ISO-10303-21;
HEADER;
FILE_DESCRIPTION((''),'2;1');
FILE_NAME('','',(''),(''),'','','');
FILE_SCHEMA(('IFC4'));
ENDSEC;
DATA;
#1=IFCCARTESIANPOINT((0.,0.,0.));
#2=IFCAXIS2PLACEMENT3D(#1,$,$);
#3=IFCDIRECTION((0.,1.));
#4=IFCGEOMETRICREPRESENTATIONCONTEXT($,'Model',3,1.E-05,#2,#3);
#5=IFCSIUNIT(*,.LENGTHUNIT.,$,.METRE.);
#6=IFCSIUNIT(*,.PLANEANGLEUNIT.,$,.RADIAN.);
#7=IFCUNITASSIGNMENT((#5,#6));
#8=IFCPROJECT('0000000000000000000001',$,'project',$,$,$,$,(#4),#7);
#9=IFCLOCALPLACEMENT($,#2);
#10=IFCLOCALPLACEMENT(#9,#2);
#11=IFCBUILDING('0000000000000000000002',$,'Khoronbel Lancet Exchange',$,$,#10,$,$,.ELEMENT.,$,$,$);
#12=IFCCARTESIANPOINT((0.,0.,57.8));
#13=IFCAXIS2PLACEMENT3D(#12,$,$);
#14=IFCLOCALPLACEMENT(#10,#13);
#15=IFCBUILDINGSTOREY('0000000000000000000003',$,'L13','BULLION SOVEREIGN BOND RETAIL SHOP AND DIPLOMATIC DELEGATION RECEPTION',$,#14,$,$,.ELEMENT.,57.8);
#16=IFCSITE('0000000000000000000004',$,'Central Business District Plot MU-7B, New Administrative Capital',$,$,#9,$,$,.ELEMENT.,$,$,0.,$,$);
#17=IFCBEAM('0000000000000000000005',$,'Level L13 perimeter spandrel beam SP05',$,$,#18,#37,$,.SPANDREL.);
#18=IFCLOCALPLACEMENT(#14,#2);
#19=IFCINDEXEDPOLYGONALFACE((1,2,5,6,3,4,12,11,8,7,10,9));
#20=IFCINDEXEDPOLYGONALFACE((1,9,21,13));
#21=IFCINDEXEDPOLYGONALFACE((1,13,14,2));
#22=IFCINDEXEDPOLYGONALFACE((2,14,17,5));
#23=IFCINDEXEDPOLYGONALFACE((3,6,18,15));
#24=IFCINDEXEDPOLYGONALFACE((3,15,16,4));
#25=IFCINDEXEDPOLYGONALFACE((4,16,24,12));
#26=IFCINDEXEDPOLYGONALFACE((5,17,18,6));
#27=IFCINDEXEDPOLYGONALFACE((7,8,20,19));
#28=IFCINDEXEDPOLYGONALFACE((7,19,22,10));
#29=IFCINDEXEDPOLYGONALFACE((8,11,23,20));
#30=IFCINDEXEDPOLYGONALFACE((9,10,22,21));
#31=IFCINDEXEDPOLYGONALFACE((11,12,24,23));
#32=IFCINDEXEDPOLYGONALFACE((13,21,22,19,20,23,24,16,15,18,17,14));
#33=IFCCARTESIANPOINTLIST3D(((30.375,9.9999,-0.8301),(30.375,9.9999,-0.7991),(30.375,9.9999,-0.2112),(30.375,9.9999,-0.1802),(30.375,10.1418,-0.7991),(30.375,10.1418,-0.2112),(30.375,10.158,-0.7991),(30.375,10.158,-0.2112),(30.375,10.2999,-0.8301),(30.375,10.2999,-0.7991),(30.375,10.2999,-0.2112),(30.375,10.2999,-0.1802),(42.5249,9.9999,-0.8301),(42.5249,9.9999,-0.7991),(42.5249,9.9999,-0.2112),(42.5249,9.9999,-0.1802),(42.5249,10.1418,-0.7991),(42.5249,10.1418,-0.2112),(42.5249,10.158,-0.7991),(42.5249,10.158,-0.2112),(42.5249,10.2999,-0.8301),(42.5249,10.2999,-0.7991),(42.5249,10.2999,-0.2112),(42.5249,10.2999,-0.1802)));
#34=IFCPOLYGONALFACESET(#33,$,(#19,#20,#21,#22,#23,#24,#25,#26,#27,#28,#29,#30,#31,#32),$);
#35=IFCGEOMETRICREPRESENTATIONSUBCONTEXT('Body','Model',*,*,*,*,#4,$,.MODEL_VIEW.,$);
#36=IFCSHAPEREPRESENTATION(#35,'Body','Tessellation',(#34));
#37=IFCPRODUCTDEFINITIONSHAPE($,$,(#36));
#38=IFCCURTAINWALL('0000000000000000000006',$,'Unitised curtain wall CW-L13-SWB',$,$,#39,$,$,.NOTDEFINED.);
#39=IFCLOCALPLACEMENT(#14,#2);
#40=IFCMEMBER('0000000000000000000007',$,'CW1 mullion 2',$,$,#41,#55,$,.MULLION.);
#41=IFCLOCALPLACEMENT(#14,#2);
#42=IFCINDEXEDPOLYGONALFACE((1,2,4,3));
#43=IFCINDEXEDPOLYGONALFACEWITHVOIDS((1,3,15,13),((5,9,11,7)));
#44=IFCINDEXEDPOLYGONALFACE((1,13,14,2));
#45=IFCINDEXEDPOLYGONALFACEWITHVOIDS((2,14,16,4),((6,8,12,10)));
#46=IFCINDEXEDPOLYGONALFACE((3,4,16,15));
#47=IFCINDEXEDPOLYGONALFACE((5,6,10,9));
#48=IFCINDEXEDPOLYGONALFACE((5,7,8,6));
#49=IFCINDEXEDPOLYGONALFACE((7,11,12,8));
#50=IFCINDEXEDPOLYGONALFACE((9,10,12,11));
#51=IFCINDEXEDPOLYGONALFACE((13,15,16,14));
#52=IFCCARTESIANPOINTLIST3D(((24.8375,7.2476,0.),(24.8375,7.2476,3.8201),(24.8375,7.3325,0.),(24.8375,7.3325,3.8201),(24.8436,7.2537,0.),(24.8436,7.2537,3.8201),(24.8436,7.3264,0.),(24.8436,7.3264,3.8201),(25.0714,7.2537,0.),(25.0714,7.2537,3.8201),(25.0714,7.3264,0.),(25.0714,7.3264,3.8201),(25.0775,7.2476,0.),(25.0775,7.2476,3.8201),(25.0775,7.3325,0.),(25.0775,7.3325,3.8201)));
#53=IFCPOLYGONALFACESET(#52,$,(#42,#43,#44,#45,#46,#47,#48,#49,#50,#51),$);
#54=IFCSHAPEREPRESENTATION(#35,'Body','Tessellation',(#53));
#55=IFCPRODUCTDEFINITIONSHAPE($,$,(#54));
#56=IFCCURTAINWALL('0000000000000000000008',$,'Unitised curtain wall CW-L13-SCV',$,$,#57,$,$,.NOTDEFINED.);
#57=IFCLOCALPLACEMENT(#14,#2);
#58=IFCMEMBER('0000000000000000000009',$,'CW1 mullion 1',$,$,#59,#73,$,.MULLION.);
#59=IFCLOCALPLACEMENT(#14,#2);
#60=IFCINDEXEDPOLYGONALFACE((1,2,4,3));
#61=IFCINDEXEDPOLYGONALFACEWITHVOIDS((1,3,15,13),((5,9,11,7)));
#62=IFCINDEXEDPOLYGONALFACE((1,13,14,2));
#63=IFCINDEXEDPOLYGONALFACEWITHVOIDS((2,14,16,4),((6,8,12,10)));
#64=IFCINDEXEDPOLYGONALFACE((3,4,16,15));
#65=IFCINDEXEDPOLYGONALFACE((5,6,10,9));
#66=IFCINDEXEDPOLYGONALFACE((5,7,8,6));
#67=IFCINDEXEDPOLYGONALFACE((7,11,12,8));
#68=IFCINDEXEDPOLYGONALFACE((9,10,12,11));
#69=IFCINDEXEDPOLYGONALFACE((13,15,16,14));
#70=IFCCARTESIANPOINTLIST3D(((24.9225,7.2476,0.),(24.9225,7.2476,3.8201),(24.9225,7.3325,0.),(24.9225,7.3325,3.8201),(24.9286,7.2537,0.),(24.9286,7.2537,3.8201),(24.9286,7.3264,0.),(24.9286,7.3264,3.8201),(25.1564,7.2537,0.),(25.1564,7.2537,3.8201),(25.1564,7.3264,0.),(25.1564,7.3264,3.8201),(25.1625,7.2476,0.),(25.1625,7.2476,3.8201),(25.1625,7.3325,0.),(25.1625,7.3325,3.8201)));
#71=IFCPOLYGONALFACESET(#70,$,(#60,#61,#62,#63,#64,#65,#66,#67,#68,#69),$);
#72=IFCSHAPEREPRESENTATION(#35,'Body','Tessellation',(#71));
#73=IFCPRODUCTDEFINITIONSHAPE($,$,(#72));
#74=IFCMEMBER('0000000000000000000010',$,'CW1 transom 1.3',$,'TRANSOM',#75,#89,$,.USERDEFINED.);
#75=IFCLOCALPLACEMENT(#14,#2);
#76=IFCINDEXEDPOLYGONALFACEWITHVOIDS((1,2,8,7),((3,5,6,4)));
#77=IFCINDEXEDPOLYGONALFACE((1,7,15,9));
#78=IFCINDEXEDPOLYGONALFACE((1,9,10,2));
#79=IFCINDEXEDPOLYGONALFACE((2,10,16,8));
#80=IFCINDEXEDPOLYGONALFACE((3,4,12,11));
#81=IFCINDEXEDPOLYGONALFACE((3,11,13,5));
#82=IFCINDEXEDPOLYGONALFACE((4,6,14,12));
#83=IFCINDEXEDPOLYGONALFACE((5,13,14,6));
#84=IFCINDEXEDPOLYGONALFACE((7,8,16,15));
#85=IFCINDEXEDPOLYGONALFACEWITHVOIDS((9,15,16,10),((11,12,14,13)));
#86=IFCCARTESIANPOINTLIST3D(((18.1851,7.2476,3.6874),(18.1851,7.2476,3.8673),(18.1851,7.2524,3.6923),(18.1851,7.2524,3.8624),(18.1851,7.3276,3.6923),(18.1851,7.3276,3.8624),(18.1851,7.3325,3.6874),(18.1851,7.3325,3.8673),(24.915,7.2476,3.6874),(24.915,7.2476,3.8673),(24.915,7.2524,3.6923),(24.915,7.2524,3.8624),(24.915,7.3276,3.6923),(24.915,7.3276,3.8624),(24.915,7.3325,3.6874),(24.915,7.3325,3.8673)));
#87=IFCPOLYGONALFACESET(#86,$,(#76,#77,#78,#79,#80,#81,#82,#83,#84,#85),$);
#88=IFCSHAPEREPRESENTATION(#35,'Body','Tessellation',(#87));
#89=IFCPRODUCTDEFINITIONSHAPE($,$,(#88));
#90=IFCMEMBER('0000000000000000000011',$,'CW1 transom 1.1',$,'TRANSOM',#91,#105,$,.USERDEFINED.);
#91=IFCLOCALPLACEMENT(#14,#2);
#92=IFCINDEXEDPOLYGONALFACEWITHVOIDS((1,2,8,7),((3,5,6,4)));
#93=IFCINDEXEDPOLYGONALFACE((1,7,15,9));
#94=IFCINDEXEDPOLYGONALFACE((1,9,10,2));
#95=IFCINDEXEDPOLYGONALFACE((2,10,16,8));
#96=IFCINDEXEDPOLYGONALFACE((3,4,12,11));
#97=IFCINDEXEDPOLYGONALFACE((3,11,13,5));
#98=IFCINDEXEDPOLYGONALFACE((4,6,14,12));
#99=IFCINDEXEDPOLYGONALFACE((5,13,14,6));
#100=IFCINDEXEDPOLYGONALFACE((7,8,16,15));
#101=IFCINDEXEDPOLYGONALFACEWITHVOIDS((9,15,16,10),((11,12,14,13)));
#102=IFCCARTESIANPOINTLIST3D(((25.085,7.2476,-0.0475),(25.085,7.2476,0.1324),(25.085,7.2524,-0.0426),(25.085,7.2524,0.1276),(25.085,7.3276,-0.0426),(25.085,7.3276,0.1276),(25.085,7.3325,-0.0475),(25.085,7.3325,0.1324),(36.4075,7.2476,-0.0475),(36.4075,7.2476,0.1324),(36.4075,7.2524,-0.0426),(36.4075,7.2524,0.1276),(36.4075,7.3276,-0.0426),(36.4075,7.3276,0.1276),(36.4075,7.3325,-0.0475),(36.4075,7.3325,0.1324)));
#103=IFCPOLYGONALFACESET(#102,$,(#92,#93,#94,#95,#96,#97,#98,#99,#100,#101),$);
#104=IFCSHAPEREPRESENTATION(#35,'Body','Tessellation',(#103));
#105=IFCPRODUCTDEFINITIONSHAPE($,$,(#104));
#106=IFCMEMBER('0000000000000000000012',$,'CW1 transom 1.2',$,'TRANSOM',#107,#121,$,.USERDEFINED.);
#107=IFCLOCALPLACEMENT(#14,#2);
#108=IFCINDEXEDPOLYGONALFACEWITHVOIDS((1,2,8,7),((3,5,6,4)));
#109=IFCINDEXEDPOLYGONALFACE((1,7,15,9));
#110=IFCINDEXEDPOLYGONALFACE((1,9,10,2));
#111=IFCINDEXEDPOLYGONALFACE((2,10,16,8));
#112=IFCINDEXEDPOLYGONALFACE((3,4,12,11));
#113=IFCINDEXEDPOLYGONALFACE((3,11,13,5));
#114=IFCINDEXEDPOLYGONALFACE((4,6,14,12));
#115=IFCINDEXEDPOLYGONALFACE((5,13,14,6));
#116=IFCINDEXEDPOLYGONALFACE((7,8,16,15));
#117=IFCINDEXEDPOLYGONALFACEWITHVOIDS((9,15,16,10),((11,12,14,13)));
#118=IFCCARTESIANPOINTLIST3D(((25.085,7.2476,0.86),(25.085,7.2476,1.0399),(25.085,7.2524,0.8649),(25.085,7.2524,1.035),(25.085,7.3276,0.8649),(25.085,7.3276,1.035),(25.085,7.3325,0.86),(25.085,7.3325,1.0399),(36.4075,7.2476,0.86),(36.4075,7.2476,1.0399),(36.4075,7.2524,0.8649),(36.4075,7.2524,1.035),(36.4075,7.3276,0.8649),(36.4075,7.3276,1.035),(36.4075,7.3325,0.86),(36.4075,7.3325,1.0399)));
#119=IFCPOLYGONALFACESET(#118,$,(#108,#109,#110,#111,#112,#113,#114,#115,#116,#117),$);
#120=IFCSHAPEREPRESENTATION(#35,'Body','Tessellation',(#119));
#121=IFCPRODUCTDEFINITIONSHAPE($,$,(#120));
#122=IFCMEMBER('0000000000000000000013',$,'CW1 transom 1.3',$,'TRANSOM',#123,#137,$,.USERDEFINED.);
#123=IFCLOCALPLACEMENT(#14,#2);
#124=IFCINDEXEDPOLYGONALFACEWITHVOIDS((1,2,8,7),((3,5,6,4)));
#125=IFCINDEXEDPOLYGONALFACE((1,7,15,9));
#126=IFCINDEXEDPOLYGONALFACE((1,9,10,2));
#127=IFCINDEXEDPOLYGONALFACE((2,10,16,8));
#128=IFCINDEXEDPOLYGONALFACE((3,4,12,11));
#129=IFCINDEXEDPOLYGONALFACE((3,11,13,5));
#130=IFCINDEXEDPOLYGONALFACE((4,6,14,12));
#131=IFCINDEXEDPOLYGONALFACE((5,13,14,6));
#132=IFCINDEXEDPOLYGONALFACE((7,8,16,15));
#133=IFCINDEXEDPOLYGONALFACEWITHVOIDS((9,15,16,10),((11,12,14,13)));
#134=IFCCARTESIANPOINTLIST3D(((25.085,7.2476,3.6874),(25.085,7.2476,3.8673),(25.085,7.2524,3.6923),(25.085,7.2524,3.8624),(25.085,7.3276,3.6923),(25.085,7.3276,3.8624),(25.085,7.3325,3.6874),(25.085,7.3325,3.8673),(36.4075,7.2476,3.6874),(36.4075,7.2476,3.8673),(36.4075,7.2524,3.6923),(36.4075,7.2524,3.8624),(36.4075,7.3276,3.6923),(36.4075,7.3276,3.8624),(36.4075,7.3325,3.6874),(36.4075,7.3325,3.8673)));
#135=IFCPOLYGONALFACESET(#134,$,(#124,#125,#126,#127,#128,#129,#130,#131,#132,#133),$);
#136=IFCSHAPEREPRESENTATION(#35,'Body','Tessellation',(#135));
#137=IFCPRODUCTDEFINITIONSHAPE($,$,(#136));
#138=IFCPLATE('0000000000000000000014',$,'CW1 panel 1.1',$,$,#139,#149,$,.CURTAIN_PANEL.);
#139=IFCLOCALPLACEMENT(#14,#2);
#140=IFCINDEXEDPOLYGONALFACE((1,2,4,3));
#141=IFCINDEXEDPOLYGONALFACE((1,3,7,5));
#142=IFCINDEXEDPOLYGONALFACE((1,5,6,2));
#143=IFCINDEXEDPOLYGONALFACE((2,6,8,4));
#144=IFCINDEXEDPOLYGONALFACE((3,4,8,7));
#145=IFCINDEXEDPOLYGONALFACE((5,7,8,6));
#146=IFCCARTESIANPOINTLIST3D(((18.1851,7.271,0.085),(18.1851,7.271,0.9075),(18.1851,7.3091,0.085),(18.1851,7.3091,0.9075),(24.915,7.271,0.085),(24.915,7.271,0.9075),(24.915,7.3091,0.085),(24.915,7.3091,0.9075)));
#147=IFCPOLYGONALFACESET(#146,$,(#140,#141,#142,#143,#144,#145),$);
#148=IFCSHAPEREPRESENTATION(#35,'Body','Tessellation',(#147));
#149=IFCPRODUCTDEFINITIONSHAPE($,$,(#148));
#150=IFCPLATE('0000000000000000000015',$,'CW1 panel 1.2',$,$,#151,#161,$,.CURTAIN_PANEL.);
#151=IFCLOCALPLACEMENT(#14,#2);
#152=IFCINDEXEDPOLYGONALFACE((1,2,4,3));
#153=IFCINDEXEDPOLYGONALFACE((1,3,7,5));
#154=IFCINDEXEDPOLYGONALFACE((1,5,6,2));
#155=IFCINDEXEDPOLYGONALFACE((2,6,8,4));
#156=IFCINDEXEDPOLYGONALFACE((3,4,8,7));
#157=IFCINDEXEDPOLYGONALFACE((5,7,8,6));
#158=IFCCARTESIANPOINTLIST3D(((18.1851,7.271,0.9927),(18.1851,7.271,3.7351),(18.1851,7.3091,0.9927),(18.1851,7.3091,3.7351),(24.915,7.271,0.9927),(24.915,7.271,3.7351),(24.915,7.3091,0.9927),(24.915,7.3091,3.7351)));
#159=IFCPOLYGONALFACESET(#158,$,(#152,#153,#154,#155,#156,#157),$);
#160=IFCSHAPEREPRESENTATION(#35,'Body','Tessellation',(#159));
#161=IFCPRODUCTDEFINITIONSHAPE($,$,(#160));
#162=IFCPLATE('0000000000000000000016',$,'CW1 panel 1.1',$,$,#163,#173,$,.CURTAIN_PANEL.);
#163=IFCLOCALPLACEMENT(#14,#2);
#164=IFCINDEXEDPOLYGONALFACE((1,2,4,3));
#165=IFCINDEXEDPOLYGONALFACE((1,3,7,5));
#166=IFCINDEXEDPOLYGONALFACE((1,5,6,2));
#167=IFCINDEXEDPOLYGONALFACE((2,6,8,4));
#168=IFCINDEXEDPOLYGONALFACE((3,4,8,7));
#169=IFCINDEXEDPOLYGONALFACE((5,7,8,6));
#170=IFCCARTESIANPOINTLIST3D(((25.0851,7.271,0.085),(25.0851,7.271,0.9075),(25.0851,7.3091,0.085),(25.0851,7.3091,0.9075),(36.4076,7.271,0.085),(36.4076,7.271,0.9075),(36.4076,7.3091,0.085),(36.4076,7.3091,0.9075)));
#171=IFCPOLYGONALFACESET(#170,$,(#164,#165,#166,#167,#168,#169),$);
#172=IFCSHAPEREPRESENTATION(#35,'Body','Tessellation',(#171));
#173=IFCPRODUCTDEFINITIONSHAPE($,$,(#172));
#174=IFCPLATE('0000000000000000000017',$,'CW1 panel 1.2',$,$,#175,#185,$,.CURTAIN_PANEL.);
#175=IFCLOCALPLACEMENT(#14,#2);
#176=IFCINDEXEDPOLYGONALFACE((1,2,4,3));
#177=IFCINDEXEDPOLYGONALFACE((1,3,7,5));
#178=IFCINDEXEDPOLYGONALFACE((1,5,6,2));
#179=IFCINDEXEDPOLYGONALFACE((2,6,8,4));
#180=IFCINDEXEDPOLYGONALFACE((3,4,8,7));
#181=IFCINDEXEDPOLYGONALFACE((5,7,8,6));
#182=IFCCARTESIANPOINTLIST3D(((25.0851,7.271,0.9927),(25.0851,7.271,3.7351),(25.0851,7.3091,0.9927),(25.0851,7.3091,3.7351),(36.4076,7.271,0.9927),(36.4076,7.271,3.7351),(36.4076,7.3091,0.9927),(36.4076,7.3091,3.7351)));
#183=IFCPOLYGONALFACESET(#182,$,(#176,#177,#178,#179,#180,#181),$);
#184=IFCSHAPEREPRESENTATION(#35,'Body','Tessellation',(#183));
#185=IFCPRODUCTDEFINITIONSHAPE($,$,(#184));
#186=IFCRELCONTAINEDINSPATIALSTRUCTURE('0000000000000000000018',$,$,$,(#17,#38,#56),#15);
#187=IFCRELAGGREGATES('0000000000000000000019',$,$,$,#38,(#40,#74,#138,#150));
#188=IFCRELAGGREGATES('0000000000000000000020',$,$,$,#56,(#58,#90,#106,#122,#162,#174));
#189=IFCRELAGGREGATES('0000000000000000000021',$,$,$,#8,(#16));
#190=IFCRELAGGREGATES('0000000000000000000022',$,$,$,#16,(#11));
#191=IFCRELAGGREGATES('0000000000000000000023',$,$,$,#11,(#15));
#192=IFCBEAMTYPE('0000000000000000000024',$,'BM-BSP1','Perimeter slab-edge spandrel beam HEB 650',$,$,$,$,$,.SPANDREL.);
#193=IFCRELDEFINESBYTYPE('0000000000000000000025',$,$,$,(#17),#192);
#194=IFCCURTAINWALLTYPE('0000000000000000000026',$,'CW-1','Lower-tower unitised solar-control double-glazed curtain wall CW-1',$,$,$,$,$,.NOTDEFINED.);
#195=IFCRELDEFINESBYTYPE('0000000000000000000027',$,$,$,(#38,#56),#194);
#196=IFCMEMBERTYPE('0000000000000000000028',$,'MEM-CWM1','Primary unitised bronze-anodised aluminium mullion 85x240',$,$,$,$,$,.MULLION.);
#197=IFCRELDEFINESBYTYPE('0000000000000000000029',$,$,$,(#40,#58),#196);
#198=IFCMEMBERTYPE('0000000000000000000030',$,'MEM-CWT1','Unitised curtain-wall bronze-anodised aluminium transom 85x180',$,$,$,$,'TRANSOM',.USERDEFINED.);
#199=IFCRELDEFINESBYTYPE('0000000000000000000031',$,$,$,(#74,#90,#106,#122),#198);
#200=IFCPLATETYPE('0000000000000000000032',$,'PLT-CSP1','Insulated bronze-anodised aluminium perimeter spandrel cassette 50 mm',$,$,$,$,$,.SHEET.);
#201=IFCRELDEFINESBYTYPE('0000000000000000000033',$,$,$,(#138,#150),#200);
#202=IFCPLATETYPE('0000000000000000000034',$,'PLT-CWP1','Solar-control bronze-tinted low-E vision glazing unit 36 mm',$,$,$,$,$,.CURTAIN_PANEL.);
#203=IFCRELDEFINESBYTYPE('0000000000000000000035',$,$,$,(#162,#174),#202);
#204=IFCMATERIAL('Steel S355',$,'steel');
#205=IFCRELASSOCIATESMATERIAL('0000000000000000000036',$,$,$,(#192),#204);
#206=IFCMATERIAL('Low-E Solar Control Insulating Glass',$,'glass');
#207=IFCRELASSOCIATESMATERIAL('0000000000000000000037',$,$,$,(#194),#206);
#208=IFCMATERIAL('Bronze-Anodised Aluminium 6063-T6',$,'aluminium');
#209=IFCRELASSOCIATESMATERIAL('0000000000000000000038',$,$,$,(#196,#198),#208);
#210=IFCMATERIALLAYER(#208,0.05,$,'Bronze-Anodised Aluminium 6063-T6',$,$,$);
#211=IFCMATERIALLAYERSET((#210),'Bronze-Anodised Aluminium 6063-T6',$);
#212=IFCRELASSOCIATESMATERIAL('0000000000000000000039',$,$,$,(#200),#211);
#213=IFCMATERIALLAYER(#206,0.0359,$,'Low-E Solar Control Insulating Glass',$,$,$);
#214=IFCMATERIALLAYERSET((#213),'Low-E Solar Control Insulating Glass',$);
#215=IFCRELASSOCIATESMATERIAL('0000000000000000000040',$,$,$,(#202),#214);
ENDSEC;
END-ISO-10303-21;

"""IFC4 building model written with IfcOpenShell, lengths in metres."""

from ifc_helpers import new_model, si_unit, direction, frame, origin, origin_2d, place, context, subcontext, project, spatial, rectangle, hollow_rectangle, i_section, extrude, material, layer, layer_set, material_profile, profile_set, type_object, element, aggregate, save


model = new_model("IFC4")

# Units and contexts
model_context = context("Model", 3, precision=1e-05, world=origin(), true_north=direction((0.0, 1.0)))
body_context = subcontext(model_context, "Body", "Model", "MODEL_VIEW")
ifc_project = project(units=[si_unit("LENGTHUNIT", "METRE"), si_unit("PLANEANGLEUNIT", "RADIAN")], contexts=[model_context])

# Site, building, storey
site_placement = place(None, origin())
site = spatial("IfcSite", under=ifc_project, at=site_placement, Name="Central Business District Plot MU-7B, New Administrative Capital", CompositionType="ELEMENT", RefElevation=0.0)
building_placement = place(site_placement, origin())
building = spatial("IfcBuilding", under=site, at=building_placement, Name="Khoronbel Lancet Exchange", CompositionType="ELEMENT")
storey_placement = place(building_placement, frame((0.0, 0.0, 57.8)))
storey = spatial("IfcBuildingStorey", under=building, at=storey_placement, Name="L13", Description="BULLION SOVEREIGN BOND RETAIL SHOP AND DIPLOMATIC DELEGATION RECEPTION", CompositionType="ELEMENT", Elevation=57.8)

# Beam
ifc_material_1 = material(Name="Steel S355", Category="steel")
ifc_material_profile_1 = material_profile(ifc_material_1, i_section(OverallWidth=0.3, OverallDepth=0.6499, WebThickness=0.0161, FlangeThickness=0.031, at=origin_2d()), Name="HEB 650")
ifc_profile_set_1 = profile_set([ifc_material_profile_1], Name="Steel S355")
beam_type_1 = type_object("IfcBeamType", Name="BM-BSP1", Description="Perimeter slab-edge spandrel beam HEB 650", PredefinedType="SPANDREL", material=ifc_profile_set_1)
beam_1_placement = place(storey_placement, frame((30.375, 10.1499, -0.5051), z_axis=(1.0, 0.0, 0.0), x_axis=(0.0, 1.0, 0.0)))
element("IfcBeam", 1, at=beam_1_placement, inside=storey, type_object=beam_type_1, Name="Level L13 perimeter spandrel beam SP05", PredefinedType="SPANDREL", context=body_context, shape_type="SweptSolid", body=[
    extrude(i_section(OverallWidth=0.3, OverallDepth=0.6499, WebThickness=0.0161, FlangeThickness=0.031, at=origin_2d()), origin(), (0.0, 0.0, 1.0), 12.1499),
])

# Curtain walls, members
ifc_material_2 = material(Name="Low-E Solar Control Insulating Glass", Category="glass")
curtain_wall_type = type_object("IfcCurtainWallType", Name="CW-1", Description="Lower-tower unitised solar-control double-glazed curtain wall CW-1", PredefinedType="NOTDEFINED", material=ifc_material_2)
curtain_wall_1_placement = place(storey_placement, origin())
curtain_wall_1 = element("IfcCurtainWall", 2, at=curtain_wall_1_placement, inside=storey, type_object=curtain_wall_type, Name="Unitised curtain wall CW-L13-SWB", PredefinedType="NOTDEFINED")
ifc_material_3 = material(Name="Bronze-Anodised Aluminium 6063-T6", Category="aluminium")
ifc_material_profile_2 = material_profile(ifc_material_3, hollow_rectangle(XDim=0.085, YDim=0.24, WallThickness=0.0061, at=origin_2d()), Name="ALU MULLION 85x240")
ifc_profile_set_2 = profile_set([ifc_material_profile_2], Name="Bronze-Anodised Aluminium 6063-T6")
member_type_1 = type_object("IfcMemberType", Name="MEM-CWM1", Description="Primary unitised bronze-anodised aluminium mullion 85x240", PredefinedType="MULLION", material=ifc_profile_set_2)
member_1_placement = place(storey_placement, frame((24.9575, 7.29, 0.0), z_axis=(0.0, 0.0, 1.0), x_axis=(0.0, 1.0, 0.0)))
member_1 = element("IfcMember", 3, at=member_1_placement, type_object=member_type_1, Name="CW1 mullion 2", PredefinedType="MULLION", context=body_context, shape_type="SweptSolid", body=[
    extrude(hollow_rectangle(XDim=0.085, YDim=0.24, WallThickness=0.0061, at=origin_2d()), origin(), (0.0, 0.0, 1.0), 3.8201),
])
curtain_wall_2_placement = place(storey_placement, origin())
curtain_wall_2 = element("IfcCurtainWall", 4, at=curtain_wall_2_placement, inside=storey, type_object=curtain_wall_type, Name="Unitised curtain wall CW-L13-SCV", PredefinedType="NOTDEFINED")
member_2_placement = place(storey_placement, frame((25.0425, 7.29, 0.0), z_axis=(0.0, 0.0, 1.0), x_axis=(0.0, 1.0, 0.0)))
member_2 = element("IfcMember", 5, at=member_2_placement, type_object=member_type_1, Name="CW1 mullion 1", PredefinedType="MULLION", context=body_context, shape_type="SweptSolid", body=[
    extrude(hollow_rectangle(XDim=0.085, YDim=0.24, WallThickness=0.0061, at=origin_2d()), origin(), (0.0, 0.0, 1.0), 3.8201),
])

# Members
ifc_material_profile_3 = material_profile(ifc_material_3, hollow_rectangle(XDim=0.085, YDim=0.1799, WallThickness=0.0049, at=origin_2d()), Name="ALU TRANSOM 85x180")
ifc_profile_set_3 = profile_set([ifc_material_profile_3], Name="Bronze-Anodised Aluminium 6063-T6")
member_type_2 = type_object("IfcMemberType", Name="MEM-CWT1", Description="Unitised curtain-wall bronze-anodised aluminium transom 85x180", ElementType="TRANSOM", PredefinedType="USERDEFINED", material=ifc_profile_set_3)
member_3_placement = place(storey_placement, frame((18.1851, 7.29, 3.7773), z_axis=(1.0, 0.0, 0.0), x_axis=(0.0, 1.0, 0.0)))
member_3 = element("IfcMember", 6, at=member_3_placement, type_object=member_type_2, Name="CW1 transom 1.3", ObjectType="TRANSOM", PredefinedType="USERDEFINED", context=body_context, shape_type="SweptSolid", body=[
    extrude(hollow_rectangle(XDim=0.085, YDim=0.1799, WallThickness=0.0049, at=origin_2d()), origin(), (0.0, 0.0, 1.0), 6.73),
])
member_4_placement = place(storey_placement, frame((25.085, 7.29, 0.0425), z_axis=(1.0, 0.0, 0.0), x_axis=(0.0, 1.0, 0.0)))
member_4 = element("IfcMember", 7, at=member_4_placement, type_object=member_type_2, Name="CW1 transom 1.1", ObjectType="TRANSOM", PredefinedType="USERDEFINED", context=body_context, shape_type="SweptSolid", body=[
    extrude(hollow_rectangle(XDim=0.085, YDim=0.1799, WallThickness=0.0049, at=origin_2d()), origin(), (0.0, 0.0, 1.0), 11.3225),
])
member_5_placement = place(storey_placement, frame((25.085, 7.29, 0.95), z_axis=(1.0, 0.0, 0.0), x_axis=(0.0, 1.0, 0.0)))
member_5 = element("IfcMember", 8, at=member_5_placement, type_object=member_type_2, Name="CW1 transom 1.2", ObjectType="TRANSOM", PredefinedType="USERDEFINED", context=body_context, shape_type="SweptSolid", body=[
    extrude(hollow_rectangle(XDim=0.085, YDim=0.1799, WallThickness=0.0049, at=origin_2d()), origin(), (0.0, 0.0, 1.0), 11.3225),
])
member_6_placement = place(storey_placement, frame((25.085, 7.29, 3.7773), z_axis=(1.0, 0.0, 0.0), x_axis=(0.0, 1.0, 0.0)))
member_6 = element("IfcMember", 9, at=member_6_placement, type_object=member_type_2, Name="CW1 transom 1.3", ObjectType="TRANSOM", PredefinedType="USERDEFINED", context=body_context, shape_type="SweptSolid", body=[
    extrude(hollow_rectangle(XDim=0.085, YDim=0.1799, WallThickness=0.0049, at=origin_2d()), origin(), (0.0, 0.0, 1.0), 11.3225),
])

# Plates
ifc_layer_1 = layer(ifc_material_3, 0.05, Name="Bronze-Anodised Aluminium 6063-T6")
ifc_layer_set_1 = layer_set([ifc_layer_1], Name="Bronze-Anodised Aluminium 6063-T6")
plate_type_1 = type_object("IfcPlateType", Name="PLT-CSP1", Description="Insulated bronze-anodised aluminium perimeter spandrel cassette 50 mm", PredefinedType="SHEET", material=ifc_layer_set_1)
plate_1_placement = place(storey_placement, frame((21.55, 7.29, 0.085), z_axis=(0.0, 0.0, 1.0), x_axis=(1.0, 0.0, 0.0)))
plate_1 = element("IfcPlate", 10, at=plate_1_placement, type_object=plate_type_1, Name="CW1 panel 1.1", PredefinedType="CURTAIN_PANEL", context=body_context, shape_type="SweptSolid", body=[
    extrude(rectangle(XDim=6.73, YDim=0.0381, at=origin_2d()), origin(), (0.0, 0.0, 1.0), 0.8225),
])
plate_2_placement = place(storey_placement, frame((21.55, 7.29, 0.9927), z_axis=(0.0, 0.0, 1.0), x_axis=(1.0, 0.0, 0.0)))
plate_2 = element("IfcPlate", 11, at=plate_2_placement, type_object=plate_type_1, Name="CW1 panel 1.2", PredefinedType="CURTAIN_PANEL", context=body_context, shape_type="SweptSolid", body=[
    extrude(rectangle(XDim=6.73, YDim=0.0381, at=origin_2d()), origin(), (0.0, 0.0, 1.0), 2.7424),
])
aggregate(curtain_wall_1, [member_1, member_3, plate_1, plate_2])
ifc_layer_2 = layer(ifc_material_2, 0.0359, Name="Low-E Solar Control Insulating Glass")
ifc_layer_set_2 = layer_set([ifc_layer_2], Name="Low-E Solar Control Insulating Glass")
plate_type_2 = type_object("IfcPlateType", Name="PLT-CWP1", Description="Solar-control bronze-tinted low-E vision glazing unit 36 mm", PredefinedType="CURTAIN_PANEL", material=ifc_layer_set_2)
plate_3_placement = place(storey_placement, frame((30.7463, 7.29, 0.085), z_axis=(0.0, 0.0, 1.0), x_axis=(1.0, 0.0, 0.0)))
plate_3 = element("IfcPlate", 12, at=plate_3_placement, type_object=plate_type_2, Name="CW1 panel 1.1", PredefinedType="CURTAIN_PANEL", context=body_context, shape_type="SweptSolid", body=[
    extrude(rectangle(XDim=11.3225, YDim=0.0381, at=origin_2d()), origin(), (0.0, 0.0, 1.0), 0.8225),
])
plate_4_placement = place(storey_placement, frame((30.7463, 7.29, 0.9927), z_axis=(0.0, 0.0, 1.0), x_axis=(1.0, 0.0, 0.0)))
plate_4 = element("IfcPlate", 13, at=plate_4_placement, type_object=plate_type_2, Name="CW1 panel 1.2", PredefinedType="CURTAIN_PANEL", context=body_context, shape_type="SweptSolid", body=[
    extrude(rectangle(XDim=11.3225, YDim=0.0381, at=origin_2d()), origin(), (0.0, 0.0, 1.0), 2.7424),
])
aggregate(curtain_wall_2, [member_2, member_4, member_5, member_6, plate_3, plate_4])

save(model, "model.ifc")
